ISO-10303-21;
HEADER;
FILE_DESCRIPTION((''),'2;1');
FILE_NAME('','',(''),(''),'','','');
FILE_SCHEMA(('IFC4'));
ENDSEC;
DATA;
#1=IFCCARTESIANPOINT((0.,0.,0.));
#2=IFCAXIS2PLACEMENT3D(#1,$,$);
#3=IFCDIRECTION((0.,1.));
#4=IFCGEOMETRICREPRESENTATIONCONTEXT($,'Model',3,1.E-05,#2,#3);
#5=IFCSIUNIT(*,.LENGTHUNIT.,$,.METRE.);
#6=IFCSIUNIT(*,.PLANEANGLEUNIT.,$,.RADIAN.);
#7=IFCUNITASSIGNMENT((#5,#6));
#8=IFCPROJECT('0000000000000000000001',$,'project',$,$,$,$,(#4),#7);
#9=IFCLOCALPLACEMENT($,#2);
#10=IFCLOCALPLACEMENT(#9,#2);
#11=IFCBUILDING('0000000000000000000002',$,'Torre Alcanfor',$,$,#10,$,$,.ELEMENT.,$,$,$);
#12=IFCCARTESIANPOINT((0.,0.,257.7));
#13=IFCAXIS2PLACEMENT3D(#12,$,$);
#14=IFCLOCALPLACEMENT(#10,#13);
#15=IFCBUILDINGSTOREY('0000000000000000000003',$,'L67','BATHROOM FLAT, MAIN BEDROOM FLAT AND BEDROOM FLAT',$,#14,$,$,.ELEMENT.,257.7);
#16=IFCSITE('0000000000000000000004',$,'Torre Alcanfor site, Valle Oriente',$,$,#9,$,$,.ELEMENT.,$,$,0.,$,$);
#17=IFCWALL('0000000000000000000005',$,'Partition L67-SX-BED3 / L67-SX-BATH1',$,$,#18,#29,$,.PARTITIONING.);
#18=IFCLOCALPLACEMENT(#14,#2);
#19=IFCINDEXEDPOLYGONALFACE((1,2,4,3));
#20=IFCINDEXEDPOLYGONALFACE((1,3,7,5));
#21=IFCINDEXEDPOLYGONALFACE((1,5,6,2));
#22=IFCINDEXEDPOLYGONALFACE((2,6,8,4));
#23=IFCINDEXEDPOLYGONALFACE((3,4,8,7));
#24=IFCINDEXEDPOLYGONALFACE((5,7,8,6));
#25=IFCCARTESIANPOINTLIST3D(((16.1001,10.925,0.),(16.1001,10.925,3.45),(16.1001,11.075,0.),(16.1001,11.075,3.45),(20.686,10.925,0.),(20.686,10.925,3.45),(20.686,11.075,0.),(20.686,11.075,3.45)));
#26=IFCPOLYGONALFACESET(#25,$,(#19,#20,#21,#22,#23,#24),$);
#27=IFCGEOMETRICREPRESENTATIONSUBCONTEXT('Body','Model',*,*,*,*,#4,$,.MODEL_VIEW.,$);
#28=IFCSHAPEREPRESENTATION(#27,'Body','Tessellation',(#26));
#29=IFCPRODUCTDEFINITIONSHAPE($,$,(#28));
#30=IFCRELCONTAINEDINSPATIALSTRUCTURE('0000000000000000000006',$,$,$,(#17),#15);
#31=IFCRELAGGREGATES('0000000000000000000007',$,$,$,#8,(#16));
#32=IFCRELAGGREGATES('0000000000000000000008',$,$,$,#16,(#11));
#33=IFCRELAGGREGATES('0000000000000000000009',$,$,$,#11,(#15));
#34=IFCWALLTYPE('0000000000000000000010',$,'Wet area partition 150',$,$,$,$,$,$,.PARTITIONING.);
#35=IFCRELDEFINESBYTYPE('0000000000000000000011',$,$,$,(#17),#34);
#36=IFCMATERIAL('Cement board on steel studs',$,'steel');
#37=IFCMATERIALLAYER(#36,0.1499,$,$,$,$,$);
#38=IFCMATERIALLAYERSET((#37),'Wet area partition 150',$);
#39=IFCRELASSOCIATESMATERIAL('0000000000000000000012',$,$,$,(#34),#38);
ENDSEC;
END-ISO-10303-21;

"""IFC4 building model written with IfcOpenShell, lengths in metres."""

from ifc_helpers import new_model, si_unit, direction, frame, frame_2d, origin, place, context, subcontext, project, spatial, rectangle, extrude, material, layer, layer_set, type_object, element, save


model = new_model("IFC4")

# Units and contexts
model_context = context("Model", 3, precision=1e-05, world=origin(), true_north=direction((0.0, 1.0)))
body_context = subcontext(model_context, "Body", "Model", "MODEL_VIEW")
ifc_project = project(units=[si_unit("LENGTHUNIT", "METRE"), si_unit("PLANEANGLEUNIT", "RADIAN")], contexts=[model_context])

# Site, building, storey
site_placement = place(None, origin())
site = spatial("IfcSite", under=ifc_project, at=site_placement, Name="Torre Alcanfor site, Valle Oriente", CompositionType="ELEMENT", RefElevation=0.0)
building_placement = place(site_placement, origin())
building = spatial("IfcBuilding", under=site, at=building_placement, Name="Torre Alcanfor", CompositionType="ELEMENT")
storey_placement = place(building_placement, frame((0.0, 0.0, 257.7)))
storey = spatial("IfcBuildingStorey", under=building, at=storey_placement, Name="L67", Description="BATHROOM FLAT, MAIN BEDROOM FLAT AND BEDROOM FLAT", CompositionType="ELEMENT", Elevation=257.7)

# Wall
ifc_material_1 = material(Name="Cement board on steel studs", Category="steel")
ifc_layer_1 = layer(ifc_material_1, 0.1499)
ifc_layer_set_1 = layer_set([ifc_layer_1], Name="Wet area partition 150")
wall_type_1 = type_object("IfcWallType", Name="Wet area partition 150", PredefinedType="PARTITIONING", material=ifc_layer_set_1)
wall_1_placement = place(storey_placement, frame((16.1001, 11.0, 0.0), z_axis=(0.0, 0.0, 1.0), x_axis=(1.0, 0.0, 0.0)))
element("IfcWall", 1, at=wall_1_placement, inside=storey, type_object=wall_type_1, Name="Partition L67-SX-BED3 / L67-SX-BATH1", PredefinedType="PARTITIONING", context=body_context, shape_type="SweptSolid", body=[
    extrude(rectangle(XDim=4.5859, YDim=0.1499, at=frame_2d((2.293, 0.0))), origin(), (0.0, 0.0, 1.0), 3.45),
])

save(model, "model.ifc")
